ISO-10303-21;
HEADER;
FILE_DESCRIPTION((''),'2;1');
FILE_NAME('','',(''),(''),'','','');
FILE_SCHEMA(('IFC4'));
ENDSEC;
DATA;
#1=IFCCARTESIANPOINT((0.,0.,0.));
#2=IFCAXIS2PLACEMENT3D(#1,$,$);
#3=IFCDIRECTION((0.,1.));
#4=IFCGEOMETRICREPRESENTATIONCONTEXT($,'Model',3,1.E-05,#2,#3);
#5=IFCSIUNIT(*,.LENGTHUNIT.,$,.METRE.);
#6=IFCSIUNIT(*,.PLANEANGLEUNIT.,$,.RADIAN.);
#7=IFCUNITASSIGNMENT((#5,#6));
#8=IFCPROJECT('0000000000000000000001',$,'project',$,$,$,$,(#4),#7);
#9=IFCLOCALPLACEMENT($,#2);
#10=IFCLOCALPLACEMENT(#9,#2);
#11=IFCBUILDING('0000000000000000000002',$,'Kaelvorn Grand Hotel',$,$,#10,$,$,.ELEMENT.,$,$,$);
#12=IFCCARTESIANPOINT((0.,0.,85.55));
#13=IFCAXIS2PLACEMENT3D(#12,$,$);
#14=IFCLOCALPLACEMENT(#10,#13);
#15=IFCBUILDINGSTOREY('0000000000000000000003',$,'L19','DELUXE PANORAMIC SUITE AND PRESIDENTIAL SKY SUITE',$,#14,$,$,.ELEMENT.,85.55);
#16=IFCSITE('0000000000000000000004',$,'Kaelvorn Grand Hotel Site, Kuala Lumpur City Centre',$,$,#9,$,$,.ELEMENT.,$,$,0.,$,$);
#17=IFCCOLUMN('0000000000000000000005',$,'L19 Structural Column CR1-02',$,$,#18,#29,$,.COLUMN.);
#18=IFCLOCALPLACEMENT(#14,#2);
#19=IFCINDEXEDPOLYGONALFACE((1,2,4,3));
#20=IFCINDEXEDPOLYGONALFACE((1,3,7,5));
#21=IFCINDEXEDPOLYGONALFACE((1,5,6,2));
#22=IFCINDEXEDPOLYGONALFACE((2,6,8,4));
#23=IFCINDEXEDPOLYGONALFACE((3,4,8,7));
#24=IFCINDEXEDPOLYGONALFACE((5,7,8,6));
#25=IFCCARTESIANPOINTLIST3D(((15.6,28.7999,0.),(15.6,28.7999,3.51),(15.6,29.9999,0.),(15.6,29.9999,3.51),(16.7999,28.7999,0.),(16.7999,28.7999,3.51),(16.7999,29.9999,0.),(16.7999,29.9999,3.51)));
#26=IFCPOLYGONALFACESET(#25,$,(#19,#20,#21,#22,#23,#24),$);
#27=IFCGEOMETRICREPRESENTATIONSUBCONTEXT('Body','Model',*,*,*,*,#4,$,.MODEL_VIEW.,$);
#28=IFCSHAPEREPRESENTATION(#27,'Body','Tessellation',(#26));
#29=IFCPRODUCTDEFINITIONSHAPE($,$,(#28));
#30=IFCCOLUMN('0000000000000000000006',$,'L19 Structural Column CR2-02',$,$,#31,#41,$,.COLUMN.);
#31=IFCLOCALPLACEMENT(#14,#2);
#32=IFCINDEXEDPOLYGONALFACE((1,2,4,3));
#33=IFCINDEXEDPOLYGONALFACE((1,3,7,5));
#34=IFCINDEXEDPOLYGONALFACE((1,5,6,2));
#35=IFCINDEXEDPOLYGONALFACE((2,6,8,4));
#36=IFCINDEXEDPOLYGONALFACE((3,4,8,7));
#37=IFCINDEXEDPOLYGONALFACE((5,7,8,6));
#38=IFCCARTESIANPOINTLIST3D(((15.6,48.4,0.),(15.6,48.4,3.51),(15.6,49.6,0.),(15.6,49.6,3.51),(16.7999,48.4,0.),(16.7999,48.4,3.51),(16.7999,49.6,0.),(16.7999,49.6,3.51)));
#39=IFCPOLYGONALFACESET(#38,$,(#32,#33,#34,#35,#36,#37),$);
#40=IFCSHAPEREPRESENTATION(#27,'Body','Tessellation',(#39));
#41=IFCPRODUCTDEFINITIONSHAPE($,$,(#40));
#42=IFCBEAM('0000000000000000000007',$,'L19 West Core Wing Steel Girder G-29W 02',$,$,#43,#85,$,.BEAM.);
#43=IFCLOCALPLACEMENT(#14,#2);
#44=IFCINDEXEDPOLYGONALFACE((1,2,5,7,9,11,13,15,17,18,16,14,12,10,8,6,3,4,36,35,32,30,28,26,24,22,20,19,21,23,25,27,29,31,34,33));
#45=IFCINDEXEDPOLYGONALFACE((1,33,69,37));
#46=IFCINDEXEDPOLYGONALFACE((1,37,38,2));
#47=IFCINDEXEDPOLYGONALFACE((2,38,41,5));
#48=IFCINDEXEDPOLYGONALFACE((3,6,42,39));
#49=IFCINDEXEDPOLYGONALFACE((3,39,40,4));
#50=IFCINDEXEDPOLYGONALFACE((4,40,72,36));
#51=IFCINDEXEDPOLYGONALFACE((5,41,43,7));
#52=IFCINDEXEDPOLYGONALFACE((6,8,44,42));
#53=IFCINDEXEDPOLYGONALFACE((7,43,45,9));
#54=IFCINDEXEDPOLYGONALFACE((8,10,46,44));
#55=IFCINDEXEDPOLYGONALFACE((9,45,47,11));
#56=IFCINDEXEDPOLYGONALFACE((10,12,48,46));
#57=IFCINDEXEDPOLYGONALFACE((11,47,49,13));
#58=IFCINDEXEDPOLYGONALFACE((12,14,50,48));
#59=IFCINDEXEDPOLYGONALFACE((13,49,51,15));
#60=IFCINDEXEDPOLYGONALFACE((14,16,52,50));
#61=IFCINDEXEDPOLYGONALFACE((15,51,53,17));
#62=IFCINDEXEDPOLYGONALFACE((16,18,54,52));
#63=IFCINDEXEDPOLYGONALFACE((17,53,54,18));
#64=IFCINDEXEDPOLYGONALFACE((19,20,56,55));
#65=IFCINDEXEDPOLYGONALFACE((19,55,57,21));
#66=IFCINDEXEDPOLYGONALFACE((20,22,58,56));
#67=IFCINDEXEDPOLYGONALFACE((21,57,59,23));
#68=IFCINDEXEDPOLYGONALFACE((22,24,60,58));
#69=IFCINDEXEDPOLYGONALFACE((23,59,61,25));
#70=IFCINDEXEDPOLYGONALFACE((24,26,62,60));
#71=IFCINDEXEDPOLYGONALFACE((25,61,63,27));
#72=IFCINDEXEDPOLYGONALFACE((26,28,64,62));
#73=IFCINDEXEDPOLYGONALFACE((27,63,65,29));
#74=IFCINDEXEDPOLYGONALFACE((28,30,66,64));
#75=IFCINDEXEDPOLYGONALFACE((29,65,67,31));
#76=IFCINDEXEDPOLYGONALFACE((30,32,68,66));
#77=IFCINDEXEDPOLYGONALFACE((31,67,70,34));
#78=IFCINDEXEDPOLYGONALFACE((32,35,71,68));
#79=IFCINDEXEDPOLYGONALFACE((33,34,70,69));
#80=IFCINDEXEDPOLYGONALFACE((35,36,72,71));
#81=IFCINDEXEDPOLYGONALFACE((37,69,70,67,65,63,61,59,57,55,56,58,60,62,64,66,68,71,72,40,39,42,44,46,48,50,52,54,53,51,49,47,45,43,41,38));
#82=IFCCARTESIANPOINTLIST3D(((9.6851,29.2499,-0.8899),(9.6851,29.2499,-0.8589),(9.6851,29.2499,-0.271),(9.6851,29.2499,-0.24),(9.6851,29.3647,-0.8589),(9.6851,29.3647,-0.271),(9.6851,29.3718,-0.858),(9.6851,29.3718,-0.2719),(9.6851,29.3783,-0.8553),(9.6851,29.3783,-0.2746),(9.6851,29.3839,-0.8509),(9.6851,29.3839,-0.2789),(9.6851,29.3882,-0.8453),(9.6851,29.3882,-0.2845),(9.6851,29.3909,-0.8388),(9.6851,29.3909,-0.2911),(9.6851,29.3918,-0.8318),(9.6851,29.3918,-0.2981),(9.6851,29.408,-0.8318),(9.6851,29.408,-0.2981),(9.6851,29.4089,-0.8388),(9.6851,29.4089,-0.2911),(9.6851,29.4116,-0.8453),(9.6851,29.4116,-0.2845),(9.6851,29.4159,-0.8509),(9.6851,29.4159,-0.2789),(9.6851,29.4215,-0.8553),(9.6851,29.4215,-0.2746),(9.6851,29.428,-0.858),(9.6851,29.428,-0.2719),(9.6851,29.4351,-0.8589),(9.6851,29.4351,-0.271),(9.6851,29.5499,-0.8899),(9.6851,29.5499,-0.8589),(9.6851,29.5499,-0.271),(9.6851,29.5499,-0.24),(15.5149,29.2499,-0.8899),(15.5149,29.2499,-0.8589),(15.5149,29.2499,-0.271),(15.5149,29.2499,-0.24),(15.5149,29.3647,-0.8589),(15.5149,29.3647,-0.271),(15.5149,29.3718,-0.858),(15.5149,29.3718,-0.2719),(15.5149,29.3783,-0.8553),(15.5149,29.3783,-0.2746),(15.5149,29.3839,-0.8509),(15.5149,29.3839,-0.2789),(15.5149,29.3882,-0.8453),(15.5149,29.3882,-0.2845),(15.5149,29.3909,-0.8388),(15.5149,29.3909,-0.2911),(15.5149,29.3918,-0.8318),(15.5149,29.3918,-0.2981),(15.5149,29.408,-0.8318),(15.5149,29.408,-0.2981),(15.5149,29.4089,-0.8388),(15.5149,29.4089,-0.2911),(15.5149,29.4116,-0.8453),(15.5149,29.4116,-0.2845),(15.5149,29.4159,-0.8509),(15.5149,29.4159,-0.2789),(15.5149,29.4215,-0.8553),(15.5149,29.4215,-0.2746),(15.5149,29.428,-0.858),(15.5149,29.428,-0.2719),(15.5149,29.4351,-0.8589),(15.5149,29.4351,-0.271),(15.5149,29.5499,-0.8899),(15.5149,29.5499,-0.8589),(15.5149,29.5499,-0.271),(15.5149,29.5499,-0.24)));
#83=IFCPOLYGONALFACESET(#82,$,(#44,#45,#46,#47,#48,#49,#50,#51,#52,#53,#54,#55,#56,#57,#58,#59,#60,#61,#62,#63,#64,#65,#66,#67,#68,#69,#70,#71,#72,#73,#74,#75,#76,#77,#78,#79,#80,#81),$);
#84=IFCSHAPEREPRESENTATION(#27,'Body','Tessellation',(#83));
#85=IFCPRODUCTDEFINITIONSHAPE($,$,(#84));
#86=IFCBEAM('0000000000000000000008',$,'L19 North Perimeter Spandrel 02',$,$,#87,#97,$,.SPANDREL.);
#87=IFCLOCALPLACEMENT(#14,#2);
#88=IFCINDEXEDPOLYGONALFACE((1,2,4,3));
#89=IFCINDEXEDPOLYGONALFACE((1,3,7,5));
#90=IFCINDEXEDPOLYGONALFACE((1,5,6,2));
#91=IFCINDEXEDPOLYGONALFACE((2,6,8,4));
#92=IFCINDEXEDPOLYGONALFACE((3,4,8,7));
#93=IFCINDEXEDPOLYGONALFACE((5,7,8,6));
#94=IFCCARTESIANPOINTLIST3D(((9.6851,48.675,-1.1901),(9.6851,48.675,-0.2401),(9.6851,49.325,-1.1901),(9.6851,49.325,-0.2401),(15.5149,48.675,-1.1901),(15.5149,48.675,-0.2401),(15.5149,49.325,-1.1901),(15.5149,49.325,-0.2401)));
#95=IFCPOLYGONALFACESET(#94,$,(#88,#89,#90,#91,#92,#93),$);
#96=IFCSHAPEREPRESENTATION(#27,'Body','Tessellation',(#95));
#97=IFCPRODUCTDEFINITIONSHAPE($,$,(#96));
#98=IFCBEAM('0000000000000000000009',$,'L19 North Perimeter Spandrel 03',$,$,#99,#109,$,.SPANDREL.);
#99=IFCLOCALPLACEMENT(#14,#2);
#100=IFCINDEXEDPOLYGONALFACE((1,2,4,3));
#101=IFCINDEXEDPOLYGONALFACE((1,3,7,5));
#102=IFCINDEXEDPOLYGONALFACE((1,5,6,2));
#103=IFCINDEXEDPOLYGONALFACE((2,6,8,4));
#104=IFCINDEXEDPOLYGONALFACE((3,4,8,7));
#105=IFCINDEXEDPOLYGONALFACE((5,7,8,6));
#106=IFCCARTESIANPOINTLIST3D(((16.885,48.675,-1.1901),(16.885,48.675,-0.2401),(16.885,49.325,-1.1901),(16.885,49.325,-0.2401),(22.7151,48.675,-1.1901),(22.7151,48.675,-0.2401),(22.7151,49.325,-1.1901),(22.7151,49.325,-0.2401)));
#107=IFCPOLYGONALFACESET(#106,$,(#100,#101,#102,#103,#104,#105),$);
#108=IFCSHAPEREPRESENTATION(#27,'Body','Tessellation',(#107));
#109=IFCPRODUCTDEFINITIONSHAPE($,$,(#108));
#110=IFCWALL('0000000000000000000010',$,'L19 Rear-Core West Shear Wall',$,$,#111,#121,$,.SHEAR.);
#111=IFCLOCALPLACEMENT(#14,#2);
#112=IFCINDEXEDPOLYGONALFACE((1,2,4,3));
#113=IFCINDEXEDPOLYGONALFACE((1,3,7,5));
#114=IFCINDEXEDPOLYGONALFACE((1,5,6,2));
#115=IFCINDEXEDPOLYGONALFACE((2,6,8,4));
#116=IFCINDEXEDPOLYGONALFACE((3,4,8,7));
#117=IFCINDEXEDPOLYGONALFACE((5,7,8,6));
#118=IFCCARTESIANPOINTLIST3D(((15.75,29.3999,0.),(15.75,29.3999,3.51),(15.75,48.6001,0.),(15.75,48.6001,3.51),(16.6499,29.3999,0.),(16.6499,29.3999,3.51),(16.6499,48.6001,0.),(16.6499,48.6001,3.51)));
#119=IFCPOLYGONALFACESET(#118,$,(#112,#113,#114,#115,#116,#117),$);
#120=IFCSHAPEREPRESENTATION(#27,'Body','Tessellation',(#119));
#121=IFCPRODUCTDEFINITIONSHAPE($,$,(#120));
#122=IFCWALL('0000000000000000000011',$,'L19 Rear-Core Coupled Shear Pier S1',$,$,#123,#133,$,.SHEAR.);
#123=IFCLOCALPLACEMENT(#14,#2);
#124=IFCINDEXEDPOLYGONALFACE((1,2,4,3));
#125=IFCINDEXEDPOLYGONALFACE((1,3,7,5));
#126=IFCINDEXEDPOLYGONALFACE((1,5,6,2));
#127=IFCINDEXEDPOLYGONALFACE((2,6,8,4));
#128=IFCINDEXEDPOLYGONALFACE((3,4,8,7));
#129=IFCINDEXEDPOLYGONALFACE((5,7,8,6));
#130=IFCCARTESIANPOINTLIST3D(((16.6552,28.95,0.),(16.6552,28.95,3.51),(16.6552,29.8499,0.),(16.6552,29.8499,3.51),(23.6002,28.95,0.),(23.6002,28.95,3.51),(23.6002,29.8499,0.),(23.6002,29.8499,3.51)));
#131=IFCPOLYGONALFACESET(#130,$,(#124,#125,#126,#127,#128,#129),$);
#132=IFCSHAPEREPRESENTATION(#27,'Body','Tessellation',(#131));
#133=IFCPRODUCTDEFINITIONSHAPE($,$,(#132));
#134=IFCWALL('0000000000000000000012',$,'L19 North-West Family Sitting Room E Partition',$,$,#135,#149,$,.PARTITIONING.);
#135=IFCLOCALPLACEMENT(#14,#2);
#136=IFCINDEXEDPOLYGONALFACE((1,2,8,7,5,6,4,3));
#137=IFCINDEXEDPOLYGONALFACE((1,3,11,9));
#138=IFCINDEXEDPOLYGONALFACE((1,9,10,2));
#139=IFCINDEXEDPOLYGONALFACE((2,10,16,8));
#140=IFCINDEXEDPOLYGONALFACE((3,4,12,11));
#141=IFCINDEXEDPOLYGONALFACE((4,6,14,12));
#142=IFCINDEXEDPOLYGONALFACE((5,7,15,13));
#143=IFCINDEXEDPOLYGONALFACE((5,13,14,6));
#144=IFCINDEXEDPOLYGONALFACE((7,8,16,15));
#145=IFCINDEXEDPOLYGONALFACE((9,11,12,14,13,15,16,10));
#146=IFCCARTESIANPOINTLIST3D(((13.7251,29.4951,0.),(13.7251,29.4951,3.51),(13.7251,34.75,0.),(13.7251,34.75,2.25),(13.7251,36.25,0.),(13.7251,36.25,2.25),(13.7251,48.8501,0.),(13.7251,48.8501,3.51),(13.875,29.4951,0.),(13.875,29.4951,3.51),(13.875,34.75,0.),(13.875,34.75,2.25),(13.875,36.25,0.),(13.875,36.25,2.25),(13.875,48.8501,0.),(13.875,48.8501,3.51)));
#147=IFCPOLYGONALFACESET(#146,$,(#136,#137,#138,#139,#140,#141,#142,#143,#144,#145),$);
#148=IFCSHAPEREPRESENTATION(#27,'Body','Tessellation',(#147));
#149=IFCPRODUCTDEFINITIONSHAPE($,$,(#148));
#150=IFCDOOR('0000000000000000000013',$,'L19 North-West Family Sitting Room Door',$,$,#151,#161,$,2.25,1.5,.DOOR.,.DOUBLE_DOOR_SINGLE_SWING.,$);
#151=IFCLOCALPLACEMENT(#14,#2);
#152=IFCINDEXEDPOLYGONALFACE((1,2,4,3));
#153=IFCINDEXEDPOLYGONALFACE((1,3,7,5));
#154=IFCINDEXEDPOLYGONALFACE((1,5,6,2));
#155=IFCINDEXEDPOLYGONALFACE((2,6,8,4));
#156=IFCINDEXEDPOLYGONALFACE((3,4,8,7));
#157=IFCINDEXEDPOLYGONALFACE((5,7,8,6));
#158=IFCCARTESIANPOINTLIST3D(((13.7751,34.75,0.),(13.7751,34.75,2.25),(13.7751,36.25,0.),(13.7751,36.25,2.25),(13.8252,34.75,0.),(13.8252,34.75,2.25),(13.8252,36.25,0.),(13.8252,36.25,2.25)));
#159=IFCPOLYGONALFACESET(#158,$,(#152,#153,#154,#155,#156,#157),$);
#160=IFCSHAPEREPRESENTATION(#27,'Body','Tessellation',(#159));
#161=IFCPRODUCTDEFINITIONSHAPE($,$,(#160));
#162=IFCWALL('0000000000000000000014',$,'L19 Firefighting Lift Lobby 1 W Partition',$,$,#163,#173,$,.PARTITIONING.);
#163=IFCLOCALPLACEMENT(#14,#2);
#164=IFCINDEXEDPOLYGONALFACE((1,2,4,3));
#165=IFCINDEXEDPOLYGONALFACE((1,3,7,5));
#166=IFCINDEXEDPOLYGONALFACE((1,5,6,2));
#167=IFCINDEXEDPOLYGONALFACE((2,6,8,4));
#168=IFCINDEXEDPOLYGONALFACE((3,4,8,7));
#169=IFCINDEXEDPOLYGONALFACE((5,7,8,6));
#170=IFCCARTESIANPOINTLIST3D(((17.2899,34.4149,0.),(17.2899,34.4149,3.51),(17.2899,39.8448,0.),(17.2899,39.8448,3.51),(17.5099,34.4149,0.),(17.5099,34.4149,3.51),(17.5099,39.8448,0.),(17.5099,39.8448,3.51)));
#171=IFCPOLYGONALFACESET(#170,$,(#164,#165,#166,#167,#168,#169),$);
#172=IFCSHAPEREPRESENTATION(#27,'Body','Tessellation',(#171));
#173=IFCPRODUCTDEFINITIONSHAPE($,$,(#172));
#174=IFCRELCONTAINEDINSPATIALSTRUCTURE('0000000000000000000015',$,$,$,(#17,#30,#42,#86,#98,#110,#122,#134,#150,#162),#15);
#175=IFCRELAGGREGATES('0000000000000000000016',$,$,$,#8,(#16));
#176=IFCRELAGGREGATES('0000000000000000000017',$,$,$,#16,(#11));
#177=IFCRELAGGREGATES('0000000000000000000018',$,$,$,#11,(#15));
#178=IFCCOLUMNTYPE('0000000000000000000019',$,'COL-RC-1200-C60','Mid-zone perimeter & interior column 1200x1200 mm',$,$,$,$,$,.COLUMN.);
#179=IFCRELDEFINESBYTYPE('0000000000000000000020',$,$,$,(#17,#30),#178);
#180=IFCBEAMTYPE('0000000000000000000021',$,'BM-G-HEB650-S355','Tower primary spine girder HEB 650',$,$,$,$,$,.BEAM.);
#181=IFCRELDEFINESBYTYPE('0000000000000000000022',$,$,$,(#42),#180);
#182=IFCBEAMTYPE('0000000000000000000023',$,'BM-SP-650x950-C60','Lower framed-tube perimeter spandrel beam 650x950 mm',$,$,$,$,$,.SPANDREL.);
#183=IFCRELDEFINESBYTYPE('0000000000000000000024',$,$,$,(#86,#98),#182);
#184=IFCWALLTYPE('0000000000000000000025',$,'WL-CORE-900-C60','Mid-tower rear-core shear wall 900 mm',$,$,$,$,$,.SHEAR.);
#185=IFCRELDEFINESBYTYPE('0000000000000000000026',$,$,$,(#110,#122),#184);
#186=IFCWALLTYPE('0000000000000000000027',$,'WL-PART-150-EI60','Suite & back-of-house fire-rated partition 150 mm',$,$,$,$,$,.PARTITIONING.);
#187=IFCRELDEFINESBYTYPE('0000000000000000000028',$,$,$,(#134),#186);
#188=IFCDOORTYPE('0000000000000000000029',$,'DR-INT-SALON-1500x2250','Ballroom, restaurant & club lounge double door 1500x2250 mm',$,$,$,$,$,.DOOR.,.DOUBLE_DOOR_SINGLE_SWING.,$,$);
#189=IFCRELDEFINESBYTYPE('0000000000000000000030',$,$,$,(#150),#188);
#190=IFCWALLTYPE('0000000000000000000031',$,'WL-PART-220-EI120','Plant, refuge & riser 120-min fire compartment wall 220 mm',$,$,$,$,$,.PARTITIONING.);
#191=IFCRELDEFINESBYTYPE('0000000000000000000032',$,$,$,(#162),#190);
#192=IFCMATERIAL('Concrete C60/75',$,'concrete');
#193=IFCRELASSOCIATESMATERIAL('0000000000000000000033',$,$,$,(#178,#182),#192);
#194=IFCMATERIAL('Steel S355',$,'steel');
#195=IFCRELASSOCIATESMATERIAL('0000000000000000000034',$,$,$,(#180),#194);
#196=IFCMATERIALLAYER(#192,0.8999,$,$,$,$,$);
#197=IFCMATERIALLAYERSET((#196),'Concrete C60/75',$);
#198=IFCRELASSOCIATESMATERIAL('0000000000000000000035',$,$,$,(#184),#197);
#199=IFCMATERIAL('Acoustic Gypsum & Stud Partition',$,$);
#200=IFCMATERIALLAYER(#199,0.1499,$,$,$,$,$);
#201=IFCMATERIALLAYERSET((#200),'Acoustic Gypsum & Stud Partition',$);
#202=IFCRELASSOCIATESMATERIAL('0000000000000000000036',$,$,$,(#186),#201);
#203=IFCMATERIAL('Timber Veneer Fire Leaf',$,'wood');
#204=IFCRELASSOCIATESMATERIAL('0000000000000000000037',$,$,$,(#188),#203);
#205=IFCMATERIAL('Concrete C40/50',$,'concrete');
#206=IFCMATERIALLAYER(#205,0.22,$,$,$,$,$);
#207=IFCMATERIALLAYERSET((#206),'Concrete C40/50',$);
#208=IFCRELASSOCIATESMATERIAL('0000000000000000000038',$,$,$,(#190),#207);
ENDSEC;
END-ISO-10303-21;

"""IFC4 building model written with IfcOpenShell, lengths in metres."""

from ifc_helpers import new_model, si_unit, direction, frame, frame_2d, origin, origin_2d, place, context, subcontext, project, spatial, rectangle, i_section, extrude, material, layer, layer_set, material_profile, profile_set, type_object, element, fill, save


model = new_model("IFC4")

# Units and contexts
model_context = context("Model", 3, precision=1e-05, world=origin(), true_north=direction((0.0, 1.0)))
body_context = subcontext(model_context, "Body", "Model", "MODEL_VIEW")
ifc_project = project(units=[si_unit("LENGTHUNIT", "METRE"), si_unit("PLANEANGLEUNIT", "RADIAN")], contexts=[model_context])

# Site, building, storey
site_placement = place(None, origin())
site = spatial("IfcSite", under=ifc_project, at=site_placement, Name="Kaelvorn Grand Hotel Site, Kuala Lumpur City Centre", CompositionType="ELEMENT", RefElevation=0.0)
building_placement = place(site_placement, origin())
building = spatial("IfcBuilding", under=site, at=building_placement, Name="Kaelvorn Grand Hotel", CompositionType="ELEMENT")
storey_placement = place(building_placement, frame((0.0, 0.0, 85.55)))
storey = spatial("IfcBuildingStorey", under=building, at=storey_placement, Name="L19", Description="DELUXE PANORAMIC SUITE AND PRESIDENTIAL SKY SUITE", CompositionType="ELEMENT", Elevation=85.55)

# Columns
ifc_material_1 = material(Name="Concrete C60/75", Category="concrete")
ifc_material_profile_1 = material_profile(ifc_material_1, rectangle(XDim=1.2, YDim=1.2, at=origin_2d()), Name="RC COL 1200x1200")
ifc_profile_set_1 = profile_set([ifc_material_profile_1], Name="Concrete C60/75")
column_type = type_object("IfcColumnType", Name="COL-RC-1200-C60", Description="Mid-zone perimeter & interior column 1200x1200 mm", PredefinedType="COLUMN", material=ifc_profile_set_1)
for number, where, z_axis, x_axis, name in (
    (1, (16.2, 29.3999, 0.0), (0.0, 0.0, 1.0), (1.0, 0.0, 0.0), "L19 Structural Column CR1-02"),
    (2, (16.2, 49.0, 0.0), (0.0, 0.0, 1.0), (1.0, 0.0, 0.0), "L19 Structural Column CR2-02"),
):
    element("IfcColumn", number, at=place(storey_placement, frame(where, z_axis=z_axis, x_axis=x_axis)), inside=storey, type_object=column_type, Name=name, PredefinedType="COLUMN", context=body_context, shape_type="SweptSolid", body=[
        extrude(rectangle(XDim=1.2, YDim=1.2, at=origin_2d()), origin(), (0.0, 0.0, 1.0), 3.51),
    ])

# Beams
ifc_material_2 = material(Name="Steel S355", Category="steel")
ifc_material_profile_2 = material_profile(ifc_material_2, i_section(OverallWidth=0.3, OverallDepth=0.6499, WebThickness=0.0161, FlangeThickness=0.031, FilletRadius=0.0271, at=origin_2d()), Name="HEB 650")
ifc_profile_set_2 = profile_set([ifc_material_profile_2], Name="Steel S355")
beam_type_1 = type_object("IfcBeamType", Name="BM-G-HEB650-S355", Description="Tower primary spine girder HEB 650", PredefinedType="BEAM", material=ifc_profile_set_2)
beam_1_placement = place(storey_placement, frame((9.6851, 29.3999, -0.5649), z_axis=(1.0, 0.0, 0.0), x_axis=(0.0, 1.0, 0.0)))
element("IfcBeam", 3, at=beam_1_placement, inside=storey, type_object=beam_type_1, Name="L19 West Core Wing Steel Girder G-29W 02", PredefinedType="BEAM", context=body_context, shape_type="SweptSolid", body=[
    extrude(i_section(OverallWidth=0.3, OverallDepth=0.6499, WebThickness=0.0161, FlangeThickness=0.031, FilletRadius=0.0271, at=origin_2d()), origin(), (0.0, 0.0, 1.0), 5.8298),
])
ifc_material_profile_3 = material_profile(ifc_material_1, rectangle(XDim=0.6499, YDim=0.95, at=origin_2d()), Name="RC SPANDREL 650x950")
ifc_profile_set_3 = profile_set([ifc_material_profile_3], Name="Concrete C60/75")
beam_type_2 = type_object("IfcBeamType", Name="BM-SP-650x950-C60", Description="Lower framed-tube perimeter spandrel beam 650x950 mm", PredefinedType="SPANDREL", material=ifc_profile_set_3)
beam_2_placement = place(storey_placement, frame((9.6851, 49.0, -0.7151), z_axis=(1.0, 0.0, 0.0), x_axis=(0.0, 1.0, 0.0)))
element("IfcBeam", 4, at=beam_2_placement, inside=storey, type_object=beam_type_2, Name="L19 North Perimeter Spandrel 02", PredefinedType="SPANDREL", context=body_context, shape_type="SweptSolid", body=[
    extrude(rectangle(XDim=0.6499, YDim=0.95, at=origin_2d()), origin(), (0.0, 0.0, 1.0), 5.8298),
])
beam_3_placement = place(storey_placement, frame((16.885, 49.0, -0.7151), z_axis=(1.0, 0.0, 0.0), x_axis=(0.0, 1.0, 0.0)))
element("IfcBeam", 5, at=beam_3_placement, inside=storey, type_object=beam_type_2, Name="L19 North Perimeter Spandrel 03", PredefinedType="SPANDREL", context=body_context, shape_type="SweptSolid", body=[
    extrude(rectangle(XDim=0.6499, YDim=0.95, at=origin_2d()), origin(), (0.0, 0.0, 1.0), 5.8301),
])

# Walls
ifc_layer_1 = layer(ifc_material_1, 0.8999)
ifc_layer_set_1 = layer_set([ifc_layer_1], Name="Concrete C60/75")
wall_type_1 = type_object("IfcWallType", Name="WL-CORE-900-C60", Description="Mid-tower rear-core shear wall 900 mm", PredefinedType="SHEAR", material=ifc_layer_set_1)
wall_1_placement = place(storey_placement, frame((16.2, 29.3999, 0.0), z_axis=(0.0, 0.0, 1.0), x_axis=(0.0, 1.0, 0.0)))
element("IfcWall", 6, at=wall_1_placement, inside=storey, type_object=wall_type_1, Name="L19 Rear-Core West Shear Wall", PredefinedType="SHEAR", context=body_context, shape_type="SweptSolid", body=[
    extrude(rectangle(XDim=19.2002, YDim=0.8999, at=frame_2d((9.6001, 0.0))), origin(), (0.0, 0.0, 1.0), 3.51),
])
wall_2_placement = place(storey_placement, frame((16.655, 29.3999, 0.0), z_axis=(0.0, 0.0, 1.0), x_axis=(1.0, 0.0, 0.0)))
element("IfcWall", 7, at=wall_2_placement, inside=storey, type_object=wall_type_1, Name="L19 Rear-Core Coupled Shear Pier S1", PredefinedType="SHEAR", context=body_context, shape_type="SweptSolid", body=[
    extrude(rectangle(XDim=6.9451, YDim=0.8999, at=frame_2d((3.4727, 0.0))), origin(), (0.0, 0.0, 1.0), 3.51),
])

# Wall, opening, door
ifc_material_3 = material(Name="Acoustic Gypsum & Stud Partition")
ifc_layer_2 = layer(ifc_material_3, 0.1499)
ifc_layer_set_2 = layer_set([ifc_layer_2], Name="Acoustic Gypsum & Stud Partition")
wall_type_2 = type_object("IfcWallType", Name="WL-PART-150-EI60", Description="Suite & back-of-house fire-rated partition 150 mm", PredefinedType="PARTITIONING", material=ifc_layer_set_2)
wall_3_placement = place(storey_placement, frame((13.8, 29.4951, 0.0), z_axis=(0.0, 0.0, 1.0), x_axis=(0.0, 1.0, 0.0)))
wall_3 = element("IfcWall", 8, at=wall_3_placement, inside=storey, type_object=wall_type_2, Name="L19 North-West Family Sitting Room E Partition", PredefinedType="PARTITIONING", context=body_context, shape_type="SweptSolid", body=[
    extrude(rectangle(XDim=19.355, YDim=0.1499, at=frame_2d((9.6775, 0.0))), origin(), (0.0, 0.0, 1.0), 3.51),
])
opening_1_placement = place(wall_3_placement, frame((5.2549, 0.0, 0.0)))
opening_1 = element("IfcOpeningElement", 9, at=opening_1_placement, cuts=wall_3, PredefinedType="OPENING", context=body_context, shape_type="SweptSolid", body=[
    extrude(rectangle(XDim=1.5, YDim=2.25, at=frame_2d((0.75, 1.125))), frame((0.0, 0.085, 0.0), z_axis=(0.0, -1.0, 0.0), x_axis=(1.0, 0.0, 0.0)), (0.0, 0.0, 1.0), 0.1699),
])
ifc_material_4 = material(Name="Timber Veneer Fire Leaf", Category="wood")
door_type_1 = type_object("IfcDoorType", Name="DR-INT-SALON-1500x2250", Description="Ballroom, restaurant & club lounge double door 1500x2250 mm", OperationType="DOUBLE_DOOR_SINGLE_SWING", PredefinedType="DOOR", material=ifc_material_4)
door_1_placement = place(opening_1_placement, origin())
door_1 = element("IfcDoor", 10, at=door_1_placement, inside=storey, type_object=door_type_1, Name="L19 North-West Family Sitting Room Door", OperationType="DOUBLE_DOOR_SINGLE_SWING", OverallHeight=2.25, OverallWidth=1.5, PredefinedType="DOOR", context=body_context, shape_type="SweptSolid", body=[
    extrude(rectangle(XDim=1.5, YDim=2.25, at=frame_2d((0.75, 1.125))), frame((0.0, 0.0249, 0.0), z_axis=(0.0, -1.0, 0.0), x_axis=(1.0, 0.0, 0.0)), (0.0, 0.0, 1.0), 0.05),
])
fill(opening_1, door_1)
ifc_material_5 = material(Name="Concrete C40/50", Category="concrete")
ifc_layer_3 = layer(ifc_material_5, 0.22)
ifc_layer_set_3 = layer_set([ifc_layer_3], Name="Concrete C40/50")
wall_type_3 = type_object("IfcWallType", Name="WL-PART-220-EI120", Description="Plant, refuge & riser 120-min fire compartment wall 220 mm", PredefinedType="PARTITIONING", material=ifc_layer_set_3)

# Wall
wall_4_placement = place(storey_placement, frame((17.3999, 34.415, 0.0), z_axis=(0.0, 0.0, 1.0), x_axis=(0.0, 1.0, 0.0)))
element("IfcWall", 11, at=wall_4_placement, inside=storey, type_object=wall_type_3, Name="L19 Firefighting Lift Lobby 1 W Partition", PredefinedType="PARTITIONING", context=body_context, shape_type="SweptSolid", body=[
    extrude(rectangle(XDim=5.4299, YDim=0.22, at=frame_2d((2.7148, 0.0))), origin(), (0.0, 0.0, 1.0), 3.51),
])

save(model, "model.ifc")
